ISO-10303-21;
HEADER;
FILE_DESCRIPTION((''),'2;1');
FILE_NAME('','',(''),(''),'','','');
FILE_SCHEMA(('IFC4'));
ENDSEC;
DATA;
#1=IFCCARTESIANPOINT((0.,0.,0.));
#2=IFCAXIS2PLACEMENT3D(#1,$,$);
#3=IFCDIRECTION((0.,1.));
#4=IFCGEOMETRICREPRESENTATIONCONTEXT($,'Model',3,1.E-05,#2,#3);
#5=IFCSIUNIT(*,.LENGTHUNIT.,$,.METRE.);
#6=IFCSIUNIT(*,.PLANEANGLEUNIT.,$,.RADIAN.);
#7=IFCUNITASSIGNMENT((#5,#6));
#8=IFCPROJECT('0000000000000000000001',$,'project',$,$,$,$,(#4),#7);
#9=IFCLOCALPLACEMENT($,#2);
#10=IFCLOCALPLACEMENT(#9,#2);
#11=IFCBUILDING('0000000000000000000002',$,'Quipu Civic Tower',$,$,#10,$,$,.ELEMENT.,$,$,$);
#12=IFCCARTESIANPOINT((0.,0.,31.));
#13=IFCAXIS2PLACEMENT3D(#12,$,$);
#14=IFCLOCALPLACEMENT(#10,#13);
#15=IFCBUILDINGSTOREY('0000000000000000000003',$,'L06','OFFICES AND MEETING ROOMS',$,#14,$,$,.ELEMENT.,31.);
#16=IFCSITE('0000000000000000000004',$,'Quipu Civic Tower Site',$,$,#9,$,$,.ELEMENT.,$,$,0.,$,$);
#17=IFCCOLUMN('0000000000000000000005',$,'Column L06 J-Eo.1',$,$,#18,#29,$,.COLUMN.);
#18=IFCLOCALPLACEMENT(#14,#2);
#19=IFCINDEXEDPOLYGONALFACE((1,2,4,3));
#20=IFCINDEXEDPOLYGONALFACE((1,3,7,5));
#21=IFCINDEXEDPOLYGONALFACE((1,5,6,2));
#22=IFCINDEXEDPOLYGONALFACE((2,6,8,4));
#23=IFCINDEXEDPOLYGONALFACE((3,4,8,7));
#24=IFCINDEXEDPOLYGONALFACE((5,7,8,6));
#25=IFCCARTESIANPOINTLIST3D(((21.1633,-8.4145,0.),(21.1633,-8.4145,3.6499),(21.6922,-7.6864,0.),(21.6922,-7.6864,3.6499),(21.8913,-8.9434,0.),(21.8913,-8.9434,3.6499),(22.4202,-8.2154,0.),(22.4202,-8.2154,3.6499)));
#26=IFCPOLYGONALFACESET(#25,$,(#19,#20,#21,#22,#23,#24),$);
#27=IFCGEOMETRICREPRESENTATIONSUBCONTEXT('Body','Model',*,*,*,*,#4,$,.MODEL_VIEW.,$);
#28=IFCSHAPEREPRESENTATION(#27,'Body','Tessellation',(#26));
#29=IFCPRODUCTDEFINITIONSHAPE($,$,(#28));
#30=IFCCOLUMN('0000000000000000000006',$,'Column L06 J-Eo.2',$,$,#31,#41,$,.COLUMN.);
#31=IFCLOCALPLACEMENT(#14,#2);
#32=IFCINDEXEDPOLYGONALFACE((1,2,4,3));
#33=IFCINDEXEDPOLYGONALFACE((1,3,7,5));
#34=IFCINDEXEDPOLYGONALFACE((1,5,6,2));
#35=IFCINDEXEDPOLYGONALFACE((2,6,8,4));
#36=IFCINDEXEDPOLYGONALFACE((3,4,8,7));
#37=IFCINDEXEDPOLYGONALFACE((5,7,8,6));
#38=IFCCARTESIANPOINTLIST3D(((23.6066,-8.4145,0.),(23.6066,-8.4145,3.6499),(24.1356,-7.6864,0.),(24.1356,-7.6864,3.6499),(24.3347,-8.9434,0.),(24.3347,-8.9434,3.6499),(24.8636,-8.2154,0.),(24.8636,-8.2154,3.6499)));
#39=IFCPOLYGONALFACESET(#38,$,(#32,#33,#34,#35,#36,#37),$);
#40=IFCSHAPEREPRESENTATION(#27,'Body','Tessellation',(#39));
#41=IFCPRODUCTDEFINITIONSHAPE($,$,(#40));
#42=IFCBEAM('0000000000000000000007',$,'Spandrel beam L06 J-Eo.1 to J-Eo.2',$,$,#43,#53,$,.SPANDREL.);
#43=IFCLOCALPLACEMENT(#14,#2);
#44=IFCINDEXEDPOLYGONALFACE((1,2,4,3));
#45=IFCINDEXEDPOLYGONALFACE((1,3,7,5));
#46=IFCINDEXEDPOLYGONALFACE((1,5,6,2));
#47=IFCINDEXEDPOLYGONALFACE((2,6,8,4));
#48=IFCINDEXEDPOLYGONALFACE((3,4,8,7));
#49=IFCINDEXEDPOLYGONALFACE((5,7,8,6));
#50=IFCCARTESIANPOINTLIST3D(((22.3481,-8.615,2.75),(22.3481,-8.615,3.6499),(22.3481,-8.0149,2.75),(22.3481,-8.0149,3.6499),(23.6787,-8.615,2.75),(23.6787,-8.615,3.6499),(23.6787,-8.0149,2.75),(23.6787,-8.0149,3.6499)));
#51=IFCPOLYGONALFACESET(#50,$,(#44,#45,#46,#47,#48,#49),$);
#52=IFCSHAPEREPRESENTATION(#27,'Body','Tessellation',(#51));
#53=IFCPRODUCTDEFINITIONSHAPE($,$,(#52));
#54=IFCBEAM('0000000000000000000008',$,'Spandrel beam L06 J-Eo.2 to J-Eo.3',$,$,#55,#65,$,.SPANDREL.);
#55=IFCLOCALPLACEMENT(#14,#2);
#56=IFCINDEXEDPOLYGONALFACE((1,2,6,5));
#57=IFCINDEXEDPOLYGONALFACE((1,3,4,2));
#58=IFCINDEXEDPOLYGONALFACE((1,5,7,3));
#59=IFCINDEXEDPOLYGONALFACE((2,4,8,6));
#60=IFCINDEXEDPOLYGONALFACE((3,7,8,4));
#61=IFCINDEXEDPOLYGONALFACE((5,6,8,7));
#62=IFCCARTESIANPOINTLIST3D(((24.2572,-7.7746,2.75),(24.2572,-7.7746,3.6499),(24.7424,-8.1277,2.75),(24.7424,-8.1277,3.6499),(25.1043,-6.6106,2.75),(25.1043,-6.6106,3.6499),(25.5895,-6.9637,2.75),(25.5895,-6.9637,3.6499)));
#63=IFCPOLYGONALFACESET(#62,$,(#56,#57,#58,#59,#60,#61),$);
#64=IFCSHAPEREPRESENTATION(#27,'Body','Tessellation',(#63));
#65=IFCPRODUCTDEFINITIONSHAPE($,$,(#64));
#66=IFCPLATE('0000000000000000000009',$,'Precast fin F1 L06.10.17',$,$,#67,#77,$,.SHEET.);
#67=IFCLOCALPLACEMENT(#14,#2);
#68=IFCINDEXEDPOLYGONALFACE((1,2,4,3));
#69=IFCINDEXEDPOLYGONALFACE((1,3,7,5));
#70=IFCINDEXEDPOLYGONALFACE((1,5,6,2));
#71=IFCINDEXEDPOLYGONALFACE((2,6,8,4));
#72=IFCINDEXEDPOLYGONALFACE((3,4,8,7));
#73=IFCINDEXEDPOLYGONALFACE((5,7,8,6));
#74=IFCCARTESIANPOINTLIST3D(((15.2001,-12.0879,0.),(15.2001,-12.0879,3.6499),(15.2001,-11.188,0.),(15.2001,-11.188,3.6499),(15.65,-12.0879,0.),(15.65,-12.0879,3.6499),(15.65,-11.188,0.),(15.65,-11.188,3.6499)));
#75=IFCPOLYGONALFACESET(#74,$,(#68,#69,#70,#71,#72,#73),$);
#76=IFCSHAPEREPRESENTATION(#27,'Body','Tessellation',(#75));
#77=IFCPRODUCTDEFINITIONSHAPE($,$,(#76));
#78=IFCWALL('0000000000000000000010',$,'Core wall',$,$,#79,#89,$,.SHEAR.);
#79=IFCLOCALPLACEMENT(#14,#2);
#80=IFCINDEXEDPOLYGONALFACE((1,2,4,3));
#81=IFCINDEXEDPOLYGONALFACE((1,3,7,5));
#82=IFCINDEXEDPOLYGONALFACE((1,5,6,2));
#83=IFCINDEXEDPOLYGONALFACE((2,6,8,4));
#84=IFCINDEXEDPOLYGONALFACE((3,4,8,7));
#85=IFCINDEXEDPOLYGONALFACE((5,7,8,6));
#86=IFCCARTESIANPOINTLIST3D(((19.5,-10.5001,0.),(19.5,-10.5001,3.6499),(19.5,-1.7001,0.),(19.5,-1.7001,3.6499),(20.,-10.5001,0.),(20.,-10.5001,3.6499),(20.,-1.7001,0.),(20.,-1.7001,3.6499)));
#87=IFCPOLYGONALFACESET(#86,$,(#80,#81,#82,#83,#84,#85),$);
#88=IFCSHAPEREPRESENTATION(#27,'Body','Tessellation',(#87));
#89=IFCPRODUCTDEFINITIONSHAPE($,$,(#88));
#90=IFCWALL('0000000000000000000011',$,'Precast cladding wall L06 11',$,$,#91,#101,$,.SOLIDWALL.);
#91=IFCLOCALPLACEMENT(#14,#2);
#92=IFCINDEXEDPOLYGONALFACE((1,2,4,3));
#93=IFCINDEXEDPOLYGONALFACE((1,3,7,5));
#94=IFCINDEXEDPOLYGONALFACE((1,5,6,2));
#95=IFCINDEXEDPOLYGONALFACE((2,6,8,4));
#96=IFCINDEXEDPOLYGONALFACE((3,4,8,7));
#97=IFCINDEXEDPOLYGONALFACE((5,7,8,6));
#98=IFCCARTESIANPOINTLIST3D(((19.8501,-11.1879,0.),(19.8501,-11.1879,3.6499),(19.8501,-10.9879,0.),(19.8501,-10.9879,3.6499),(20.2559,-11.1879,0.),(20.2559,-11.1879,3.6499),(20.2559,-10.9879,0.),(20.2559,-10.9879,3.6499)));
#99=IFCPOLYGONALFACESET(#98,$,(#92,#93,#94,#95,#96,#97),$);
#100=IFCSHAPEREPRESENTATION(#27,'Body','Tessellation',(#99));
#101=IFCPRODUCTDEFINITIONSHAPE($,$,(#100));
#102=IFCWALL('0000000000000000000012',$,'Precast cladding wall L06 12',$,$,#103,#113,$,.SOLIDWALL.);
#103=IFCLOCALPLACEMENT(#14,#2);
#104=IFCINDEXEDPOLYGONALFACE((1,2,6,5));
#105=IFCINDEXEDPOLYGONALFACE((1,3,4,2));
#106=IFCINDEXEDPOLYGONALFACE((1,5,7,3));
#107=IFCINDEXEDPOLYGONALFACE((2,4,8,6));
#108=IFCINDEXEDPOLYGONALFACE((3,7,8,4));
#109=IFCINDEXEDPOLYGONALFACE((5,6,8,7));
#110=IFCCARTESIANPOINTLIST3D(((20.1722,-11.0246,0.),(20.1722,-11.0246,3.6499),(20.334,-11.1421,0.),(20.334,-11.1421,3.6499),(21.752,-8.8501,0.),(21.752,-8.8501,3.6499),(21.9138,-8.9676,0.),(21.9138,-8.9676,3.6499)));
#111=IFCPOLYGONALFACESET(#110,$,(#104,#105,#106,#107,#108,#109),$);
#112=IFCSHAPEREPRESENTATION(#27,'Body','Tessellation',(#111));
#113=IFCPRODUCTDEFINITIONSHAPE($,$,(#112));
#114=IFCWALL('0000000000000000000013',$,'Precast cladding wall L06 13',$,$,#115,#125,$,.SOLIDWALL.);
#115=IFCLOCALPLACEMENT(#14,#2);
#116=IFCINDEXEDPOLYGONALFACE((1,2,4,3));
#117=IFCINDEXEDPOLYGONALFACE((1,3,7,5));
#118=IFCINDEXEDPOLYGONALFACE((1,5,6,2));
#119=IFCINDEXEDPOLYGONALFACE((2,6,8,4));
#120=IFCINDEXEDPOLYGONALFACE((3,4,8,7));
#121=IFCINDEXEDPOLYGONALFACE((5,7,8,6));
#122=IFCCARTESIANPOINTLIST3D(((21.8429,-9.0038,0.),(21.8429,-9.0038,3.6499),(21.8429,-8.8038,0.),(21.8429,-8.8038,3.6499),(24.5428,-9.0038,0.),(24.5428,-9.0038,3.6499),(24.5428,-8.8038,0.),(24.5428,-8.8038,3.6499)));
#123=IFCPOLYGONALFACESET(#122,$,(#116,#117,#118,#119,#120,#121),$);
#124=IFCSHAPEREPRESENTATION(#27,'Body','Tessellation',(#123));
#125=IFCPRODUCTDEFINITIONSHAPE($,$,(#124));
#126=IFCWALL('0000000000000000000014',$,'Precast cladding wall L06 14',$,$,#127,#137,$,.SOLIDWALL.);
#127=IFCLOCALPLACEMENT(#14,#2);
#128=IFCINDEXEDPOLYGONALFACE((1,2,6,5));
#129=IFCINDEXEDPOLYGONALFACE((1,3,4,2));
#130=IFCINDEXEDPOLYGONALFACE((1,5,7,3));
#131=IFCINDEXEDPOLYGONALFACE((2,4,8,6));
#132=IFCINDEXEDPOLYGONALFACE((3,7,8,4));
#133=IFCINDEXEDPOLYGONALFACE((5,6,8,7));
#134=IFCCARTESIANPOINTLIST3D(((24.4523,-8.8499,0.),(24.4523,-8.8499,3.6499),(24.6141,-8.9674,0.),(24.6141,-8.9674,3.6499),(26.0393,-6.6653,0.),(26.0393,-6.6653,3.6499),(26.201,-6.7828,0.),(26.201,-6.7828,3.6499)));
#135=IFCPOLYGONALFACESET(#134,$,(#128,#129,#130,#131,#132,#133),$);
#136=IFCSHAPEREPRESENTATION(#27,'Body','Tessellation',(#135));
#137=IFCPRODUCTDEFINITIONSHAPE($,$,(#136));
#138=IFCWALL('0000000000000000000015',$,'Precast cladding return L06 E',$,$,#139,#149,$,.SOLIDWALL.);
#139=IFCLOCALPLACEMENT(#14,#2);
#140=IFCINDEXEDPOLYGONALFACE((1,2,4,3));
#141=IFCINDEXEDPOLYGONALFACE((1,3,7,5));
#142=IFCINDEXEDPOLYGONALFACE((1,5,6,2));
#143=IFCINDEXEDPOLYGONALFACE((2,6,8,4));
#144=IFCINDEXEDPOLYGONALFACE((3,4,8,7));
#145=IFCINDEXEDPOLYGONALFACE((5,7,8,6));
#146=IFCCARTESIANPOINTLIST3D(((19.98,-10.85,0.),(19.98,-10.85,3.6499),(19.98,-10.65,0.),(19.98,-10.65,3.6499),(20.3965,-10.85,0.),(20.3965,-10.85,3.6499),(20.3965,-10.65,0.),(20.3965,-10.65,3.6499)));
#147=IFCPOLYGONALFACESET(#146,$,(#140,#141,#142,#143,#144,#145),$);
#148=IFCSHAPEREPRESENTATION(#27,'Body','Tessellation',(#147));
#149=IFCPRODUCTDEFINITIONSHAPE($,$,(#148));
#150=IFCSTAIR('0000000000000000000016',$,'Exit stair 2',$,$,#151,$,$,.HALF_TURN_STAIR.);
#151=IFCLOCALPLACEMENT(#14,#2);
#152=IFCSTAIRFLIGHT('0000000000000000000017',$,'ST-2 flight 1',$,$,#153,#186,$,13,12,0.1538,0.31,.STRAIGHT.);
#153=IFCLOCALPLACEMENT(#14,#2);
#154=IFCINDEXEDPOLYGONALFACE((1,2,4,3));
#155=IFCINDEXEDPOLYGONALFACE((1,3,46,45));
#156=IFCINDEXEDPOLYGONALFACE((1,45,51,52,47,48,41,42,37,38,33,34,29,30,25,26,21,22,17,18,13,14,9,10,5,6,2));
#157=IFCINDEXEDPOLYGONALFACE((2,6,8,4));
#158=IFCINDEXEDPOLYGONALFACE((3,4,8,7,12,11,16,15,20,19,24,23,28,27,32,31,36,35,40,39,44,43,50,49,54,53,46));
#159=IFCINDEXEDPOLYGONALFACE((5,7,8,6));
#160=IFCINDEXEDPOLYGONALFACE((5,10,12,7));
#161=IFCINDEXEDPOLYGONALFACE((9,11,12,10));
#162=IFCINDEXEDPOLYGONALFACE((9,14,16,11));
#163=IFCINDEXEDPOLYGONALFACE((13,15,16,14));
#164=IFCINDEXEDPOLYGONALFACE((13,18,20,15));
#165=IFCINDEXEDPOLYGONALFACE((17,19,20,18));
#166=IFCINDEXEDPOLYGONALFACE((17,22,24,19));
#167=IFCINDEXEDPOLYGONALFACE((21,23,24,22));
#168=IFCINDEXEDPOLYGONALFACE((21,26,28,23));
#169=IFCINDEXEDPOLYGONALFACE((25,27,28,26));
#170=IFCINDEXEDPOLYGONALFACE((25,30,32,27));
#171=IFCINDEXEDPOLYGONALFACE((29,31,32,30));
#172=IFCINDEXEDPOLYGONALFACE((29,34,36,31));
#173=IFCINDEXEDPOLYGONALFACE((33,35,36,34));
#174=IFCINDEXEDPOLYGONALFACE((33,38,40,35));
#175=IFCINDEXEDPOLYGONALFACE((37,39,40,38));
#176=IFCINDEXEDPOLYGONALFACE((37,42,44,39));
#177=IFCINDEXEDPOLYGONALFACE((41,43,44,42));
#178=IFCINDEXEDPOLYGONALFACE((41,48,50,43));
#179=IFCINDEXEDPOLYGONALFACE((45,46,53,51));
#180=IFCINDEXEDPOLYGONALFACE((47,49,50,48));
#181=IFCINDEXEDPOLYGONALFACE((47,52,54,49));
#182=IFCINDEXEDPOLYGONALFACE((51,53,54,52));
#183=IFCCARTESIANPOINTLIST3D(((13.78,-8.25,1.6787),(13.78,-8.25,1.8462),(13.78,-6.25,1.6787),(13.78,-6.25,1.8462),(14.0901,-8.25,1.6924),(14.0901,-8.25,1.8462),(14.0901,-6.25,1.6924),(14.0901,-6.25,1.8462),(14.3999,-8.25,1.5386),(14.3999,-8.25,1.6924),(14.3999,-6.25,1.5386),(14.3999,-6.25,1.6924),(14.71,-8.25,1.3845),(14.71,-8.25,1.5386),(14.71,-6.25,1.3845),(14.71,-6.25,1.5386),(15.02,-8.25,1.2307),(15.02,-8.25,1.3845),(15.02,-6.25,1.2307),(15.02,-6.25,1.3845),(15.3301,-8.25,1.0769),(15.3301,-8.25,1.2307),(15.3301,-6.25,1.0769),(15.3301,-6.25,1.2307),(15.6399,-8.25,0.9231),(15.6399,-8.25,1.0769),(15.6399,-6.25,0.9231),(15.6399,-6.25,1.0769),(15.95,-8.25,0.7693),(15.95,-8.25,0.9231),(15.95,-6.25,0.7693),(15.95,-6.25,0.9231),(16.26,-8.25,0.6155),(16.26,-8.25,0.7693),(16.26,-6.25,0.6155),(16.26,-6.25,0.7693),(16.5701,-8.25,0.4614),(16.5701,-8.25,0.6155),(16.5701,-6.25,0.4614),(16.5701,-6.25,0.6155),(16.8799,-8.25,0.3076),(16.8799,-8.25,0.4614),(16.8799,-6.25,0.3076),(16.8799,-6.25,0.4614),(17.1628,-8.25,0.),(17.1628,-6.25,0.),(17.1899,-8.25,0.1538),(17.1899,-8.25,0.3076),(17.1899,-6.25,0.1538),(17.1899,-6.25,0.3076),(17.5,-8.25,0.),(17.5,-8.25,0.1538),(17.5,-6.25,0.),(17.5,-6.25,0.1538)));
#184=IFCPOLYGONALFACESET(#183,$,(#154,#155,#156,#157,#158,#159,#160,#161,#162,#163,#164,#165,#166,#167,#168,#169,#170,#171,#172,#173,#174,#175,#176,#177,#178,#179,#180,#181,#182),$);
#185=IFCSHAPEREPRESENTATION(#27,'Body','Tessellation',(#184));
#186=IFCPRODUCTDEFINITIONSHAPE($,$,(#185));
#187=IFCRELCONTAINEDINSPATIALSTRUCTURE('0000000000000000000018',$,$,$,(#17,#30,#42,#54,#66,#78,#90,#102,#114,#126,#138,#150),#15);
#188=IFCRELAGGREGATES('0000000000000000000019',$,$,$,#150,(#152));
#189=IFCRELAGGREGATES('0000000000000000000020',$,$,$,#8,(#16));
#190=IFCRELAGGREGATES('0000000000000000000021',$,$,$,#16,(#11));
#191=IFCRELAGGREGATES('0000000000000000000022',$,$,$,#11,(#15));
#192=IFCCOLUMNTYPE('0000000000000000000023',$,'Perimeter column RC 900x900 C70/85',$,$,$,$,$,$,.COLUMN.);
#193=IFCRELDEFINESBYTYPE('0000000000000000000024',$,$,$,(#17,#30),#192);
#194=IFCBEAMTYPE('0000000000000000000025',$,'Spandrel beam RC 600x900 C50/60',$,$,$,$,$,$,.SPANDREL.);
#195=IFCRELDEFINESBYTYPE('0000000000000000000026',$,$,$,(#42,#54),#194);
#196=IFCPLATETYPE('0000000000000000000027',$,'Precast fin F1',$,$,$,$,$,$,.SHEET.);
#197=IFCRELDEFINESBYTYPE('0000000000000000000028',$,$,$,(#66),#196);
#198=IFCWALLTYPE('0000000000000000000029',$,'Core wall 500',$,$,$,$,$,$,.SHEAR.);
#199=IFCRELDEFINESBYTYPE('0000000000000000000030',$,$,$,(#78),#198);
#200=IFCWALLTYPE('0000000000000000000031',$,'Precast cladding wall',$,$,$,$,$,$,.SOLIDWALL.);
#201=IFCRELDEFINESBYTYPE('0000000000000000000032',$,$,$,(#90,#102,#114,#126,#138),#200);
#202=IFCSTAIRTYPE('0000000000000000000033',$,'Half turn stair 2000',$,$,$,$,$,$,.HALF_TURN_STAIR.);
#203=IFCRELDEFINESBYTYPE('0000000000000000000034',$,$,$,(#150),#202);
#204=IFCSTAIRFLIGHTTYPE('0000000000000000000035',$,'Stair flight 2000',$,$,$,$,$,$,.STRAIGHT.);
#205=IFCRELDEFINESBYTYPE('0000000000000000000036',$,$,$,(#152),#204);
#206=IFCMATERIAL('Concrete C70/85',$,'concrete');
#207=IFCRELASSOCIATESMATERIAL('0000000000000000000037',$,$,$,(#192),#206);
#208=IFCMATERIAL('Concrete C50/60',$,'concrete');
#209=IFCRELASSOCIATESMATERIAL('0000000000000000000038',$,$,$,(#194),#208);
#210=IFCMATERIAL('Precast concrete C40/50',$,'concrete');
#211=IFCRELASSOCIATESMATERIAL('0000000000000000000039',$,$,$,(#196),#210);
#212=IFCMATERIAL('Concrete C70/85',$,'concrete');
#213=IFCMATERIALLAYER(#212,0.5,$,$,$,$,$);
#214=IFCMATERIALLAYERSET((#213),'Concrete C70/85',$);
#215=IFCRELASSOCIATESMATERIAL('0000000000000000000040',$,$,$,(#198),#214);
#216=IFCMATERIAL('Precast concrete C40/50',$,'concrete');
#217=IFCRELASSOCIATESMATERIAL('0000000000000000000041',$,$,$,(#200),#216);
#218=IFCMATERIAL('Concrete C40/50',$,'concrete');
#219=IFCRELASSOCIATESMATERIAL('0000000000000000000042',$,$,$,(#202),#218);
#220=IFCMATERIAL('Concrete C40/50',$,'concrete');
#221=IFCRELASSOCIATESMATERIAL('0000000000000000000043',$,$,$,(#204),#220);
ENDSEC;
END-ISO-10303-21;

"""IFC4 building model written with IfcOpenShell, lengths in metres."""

from ifc_helpers import new_model, si_unit, direction, frame, frame_2d, origin, origin_2d, place, context, subcontext, project, spatial, polyline, rectangle, outline, extrude, material, layer, layer_set, material_profile, profile_set, type_object, element, aggregate, save


model = new_model("IFC4")

# Units and contexts
model_context = context("Model", 3, precision=1e-05, world=origin(), true_north=direction((0.0, 1.0)))
body_context = subcontext(model_context, "Body", "Model", "MODEL_VIEW")
ifc_project = project(units=[si_unit("LENGTHUNIT", "METRE"), si_unit("PLANEANGLEUNIT", "RADIAN")], contexts=[model_context])

# Site, building, storey
site_placement = place(None, origin())
site = spatial("IfcSite", under=ifc_project, at=site_placement, Name="Quipu Civic Tower Site", CompositionType="ELEMENT", RefElevation=0.0)
building_placement = place(site_placement, origin())
building = spatial("IfcBuilding", under=site, at=building_placement, Name="Quipu Civic Tower", CompositionType="ELEMENT")
storey_placement = place(building_placement, frame((0.0, 0.0, 31.0)))
storey = spatial("IfcBuildingStorey", under=building, at=storey_placement, Name="L06", Description="OFFICES AND MEETING ROOMS", CompositionType="ELEMENT", Elevation=31.0)

# Columns
ifc_material_1 = material(Name="Concrete C70/85", Category="concrete")
ifc_material_profile_1 = material_profile(ifc_material_1, rectangle(XDim=0.8999, YDim=0.8999, at=origin_2d()), Name="RC900x900")
ifc_profile_set_1 = profile_set([ifc_material_profile_1], Name="Concrete C70/85")
column_type = type_object("IfcColumnType", Name="Perimeter column RC 900x900 C70/85", PredefinedType="COLUMN", material=ifc_profile_set_1)
for number, where, z_axis, x_axis, name in (
    (1, (21.7917, -8.3149, 0.0), (0.0, 0.0, 1.0), (0.587785, 0.809017, 0.0), "Column L06 J-Eo.1"),
    (2, (24.2351, -8.3149, 0.0), (0.0, 0.0, 1.0), (0.587785, 0.809017, 0.0), "Column L06 J-Eo.2"),
):
    element("IfcColumn", number, at=place(storey_placement, frame(where, z_axis=z_axis, x_axis=x_axis)), inside=storey, type_object=column_type, Name=name, PredefinedType="COLUMN", context=body_context, shape_type="SweptSolid", body=[
        extrude(rectangle(XDim=0.8999, YDim=0.8999, at=origin_2d()), origin(), (0.0, 0.0, 1.0), 3.6499),
    ])

# Beams
ifc_material_2 = material(Name="Concrete C50/60", Category="concrete")
ifc_material_profile_2 = material_profile(ifc_material_2, rectangle(XDim=0.6001, YDim=0.8999, at=origin_2d()), Name="RC600x900")
ifc_profile_set_2 = profile_set([ifc_material_profile_2], Name="Concrete C50/60")
beam_type = type_object("IfcBeamType", Name="Spandrel beam RC 600x900 C50/60", PredefinedType="SPANDREL", material=ifc_profile_set_2)
beam_1_placement = place(storey_placement, frame((22.3481, -8.3149, 3.2), z_axis=(1.0, 0.0, 0.0), x_axis=(0.0, 1.0, 0.0)))
element("IfcBeam", 3, at=beam_1_placement, inside=storey, type_object=beam_type, Name="Spandrel beam L06 J-Eo.1 to J-Eo.2", PredefinedType="SPANDREL", context=body_context, shape_type="SweptSolid", body=[
    extrude(rectangle(XDim=0.6001, YDim=0.8999, at=origin_2d()), origin(), (0.0, 0.0, 1.0), 1.3306),
])
beam_2_placement = place(storey_placement, frame((24.4998, -7.9512, 3.2), z_axis=(0.588434, 0.808545, 0.0), x_axis=(-0.808545, 0.588434, 0.0)))
element("IfcBeam", 4, at=beam_2_placement, inside=storey, type_object=beam_type, Name="Spandrel beam L06 J-Eo.2 to J-Eo.3", PredefinedType="SPANDREL", context=body_context, shape_type="SweptSolid", body=[
    extrude(rectangle(XDim=0.6001, YDim=0.8999, at=origin_2d()), origin(), (0.0, 0.0, 1.0), 1.4397),
])

# Plate
ifc_material_3 = material(Name="Precast concrete C40/50", Category="concrete")
plate_type = type_object("IfcPlateType", Name="Precast fin F1", PredefinedType="SHEET", material=ifc_material_3)
plate_placement = place(storey_placement, frame((15.425, -11.6379, 0.0), z_axis=(0.0, 0.0, 1.0), x_axis=(1.0, 0.0, 0.0)))
element("IfcPlate", 5, at=plate_placement, inside=storey, type_object=plate_type, Name="Precast fin F1 L06.10.17", PredefinedType="SHEET", context=body_context, shape_type="SweptSolid", body=[
    extrude(rectangle(XDim=0.45, YDim=0.8999, at=origin_2d()), origin(), (0.0, 0.0, 1.0), 3.6499),
])

# Walls
ifc_material_4 = material(Name="Concrete C70/85", Category="concrete")
ifc_layer = layer(ifc_material_4, 0.5)
ifc_layer_set = layer_set([ifc_layer], Name="Concrete C70/85")
wall_type_1 = type_object("IfcWallType", Name="Core wall 500", PredefinedType="SHEAR", material=ifc_layer_set)
wall_1_placement = place(storey_placement, frame((19.75, -10.5, 0.0), z_axis=(0.0, 0.0, 1.0), x_axis=(0.0, 1.0, 0.0)))
element("IfcWall", 6, at=wall_1_placement, inside=storey, type_object=wall_type_1, Name="Core wall", PredefinedType="SHEAR", context=body_context, shape_type="SweptSolid", body=[
    extrude(rectangle(XDim=8.8, YDim=0.5, at=frame_2d((4.3999, 0.0))), origin(), (0.0, 0.0, 1.0), 3.6499),
])
ifc_material_5 = material(Name="Precast concrete C40/50", Category="concrete")
wall_type_2 = type_object("IfcWallType", Name="Precast cladding wall", PredefinedType="SOLIDWALL", material=ifc_material_5)
wall_2_placement = place(storey_placement, frame((19.8501, -11.0879, 0.0), z_axis=(0.0, 0.0, 1.0), x_axis=(1.0, 0.0, 0.0)))
element("IfcWall", 7, at=wall_2_placement, inside=storey, type_object=wall_type_2, Name="Precast cladding wall L06 11", PredefinedType="SOLIDWALL", context=body_context, shape_type="SweptSolid", body=[
    extrude(rectangle(XDim=0.4058, YDim=0.2, at=frame_2d((0.2029, 0.0))), origin(), (0.0, 0.0, 1.0), 3.6499),
])
wall_3_placement = place(storey_placement, frame((20.2532, -11.0833, 0.0), z_axis=(0.0, 0.0, 1.0), x_axis=(0.587767, 0.809031, 0.0)))
element("IfcWall", 8, at=wall_3_placement, inside=storey, type_object=wall_type_2, Name="Precast cladding wall L06 12", PredefinedType="SOLIDWALL", context=body_context, shape_type="SweptSolid", body=[
    extrude(rectangle(XDim=2.6877, YDim=0.2, at=frame_2d((1.3438, 0.0))), origin(), (0.0, 0.0, 1.0), 3.6499),
])
wall_4_placement = place(storey_placement, frame((21.8428, -8.9038, 0.0), z_axis=(0.0, 0.0, 1.0), x_axis=(1.0, 0.0, 0.0)))
element("IfcWall", 9, at=wall_4_placement, inside=storey, type_object=wall_type_2, Name="Precast cladding wall L06 13", PredefinedType="SOLIDWALL", context=body_context, shape_type="SweptSolid", body=[
    extrude(rectangle(XDim=2.7, YDim=0.2, at=frame_2d((1.3501, 0.0))), origin(), (0.0, 0.0, 1.0), 3.6499),
])
wall_5_placement = place(storey_placement, frame((24.5332, -8.9087, 0.0), z_axis=(0.0, 0.0, 1.0), x_axis=(0.58772, 0.809064, 0.0)))
element("IfcWall", 10, at=wall_5_placement, inside=storey, type_object=wall_type_2, Name="Precast cladding wall L06 14", PredefinedType="SOLIDWALL", context=body_context, shape_type="SweptSolid", body=[
    extrude(rectangle(XDim=2.7002, YDim=0.2, at=frame_2d((1.3501, 0.0))), origin(), (0.0, 0.0, 1.0), 3.6499),
])
wall_6_placement = place(storey_placement, frame((19.98, -10.75, 0.0), z_axis=(0.0, 0.0, 1.0), x_axis=(1.0, 0.0, 0.0)))
element("IfcWall", 11, at=wall_6_placement, inside=storey, type_object=wall_type_2, Name="Precast cladding return L06 E", PredefinedType="SOLIDWALL", context=body_context, shape_type="SweptSolid", body=[
    extrude(rectangle(XDim=0.4165, YDim=0.2, at=frame_2d((0.2083, 0.0))), origin(), (0.0, 0.0, 1.0), 3.6499),
])

# Stair, stair flight
ifc_material_6 = material(Name="Concrete C40/50", Category="concrete")
stair_type = type_object("IfcStairType", Name="Half turn stair 2000", PredefinedType="HALF_TURN_STAIR", material=ifc_material_6)
stair_placement = place(storey_placement, origin())
stair = element("IfcStair", 12, at=stair_placement, inside=storey, type_object=stair_type, Name="Exit stair 2", PredefinedType="HALF_TURN_STAIR")
ifc_material_7 = material(Name="Concrete C40/50", Category="concrete")
stair_flight_type = type_object("IfcStairFlightType", Name="Stair flight 2000", PredefinedType="STRAIGHT", material=ifc_material_7)
stair_flight_placement = place(storey_placement, frame((17.5, -7.25, 0.0), z_axis=(0.0, 0.0, 1.0), x_axis=(-1.0, 0.0, 0.0)))
stair_flight = element("IfcStairFlight", 13, at=stair_flight_placement, type_object=stair_flight_type, Name="ST-2 flight 1", NumberOfRisers=13, NumberOfTreads=12, PredefinedType="STRAIGHT", RiserHeight=0.1538, TreadLength=0.31, context=body_context, shape_type="SweptSolid", body=[
    extrude(outline(polyline([(0.0, 0.0), (0.0, 0.1538), (0.3101, 0.1538), (0.3101, 0.3076), (0.6201, 0.3076), (0.6201, 0.4614), (0.9299, 0.4614), (0.9299, 0.6155), (1.24, 0.6155), (1.24, 0.7693), (1.55, 0.7693), (1.55, 0.9231), (1.8601, 0.9231), (1.8601, 1.0769), (2.1699, 1.0769), (2.1699, 1.2307), (2.48, 1.2307), (2.48, 1.3845), (2.79, 1.3845), (2.79, 1.5386), (3.1001, 1.5386), (3.1001, 1.6924), (3.4099, 1.6924), (3.4099, 1.8462), (3.72, 1.8462), (3.72, 2.0), (3.72, 1.6787), (0.3372, 0.0), (0.0, 0.0)])), frame((0.0, 1.0, 0.0), z_axis=(0.0, -1.0, 0.0), x_axis=(1.0, 0.0, 0.0)), (0.0, 0.0, 1.0), 2.0),
])
aggregate(stair, [stair_flight])

save(model, "model.ifc")
